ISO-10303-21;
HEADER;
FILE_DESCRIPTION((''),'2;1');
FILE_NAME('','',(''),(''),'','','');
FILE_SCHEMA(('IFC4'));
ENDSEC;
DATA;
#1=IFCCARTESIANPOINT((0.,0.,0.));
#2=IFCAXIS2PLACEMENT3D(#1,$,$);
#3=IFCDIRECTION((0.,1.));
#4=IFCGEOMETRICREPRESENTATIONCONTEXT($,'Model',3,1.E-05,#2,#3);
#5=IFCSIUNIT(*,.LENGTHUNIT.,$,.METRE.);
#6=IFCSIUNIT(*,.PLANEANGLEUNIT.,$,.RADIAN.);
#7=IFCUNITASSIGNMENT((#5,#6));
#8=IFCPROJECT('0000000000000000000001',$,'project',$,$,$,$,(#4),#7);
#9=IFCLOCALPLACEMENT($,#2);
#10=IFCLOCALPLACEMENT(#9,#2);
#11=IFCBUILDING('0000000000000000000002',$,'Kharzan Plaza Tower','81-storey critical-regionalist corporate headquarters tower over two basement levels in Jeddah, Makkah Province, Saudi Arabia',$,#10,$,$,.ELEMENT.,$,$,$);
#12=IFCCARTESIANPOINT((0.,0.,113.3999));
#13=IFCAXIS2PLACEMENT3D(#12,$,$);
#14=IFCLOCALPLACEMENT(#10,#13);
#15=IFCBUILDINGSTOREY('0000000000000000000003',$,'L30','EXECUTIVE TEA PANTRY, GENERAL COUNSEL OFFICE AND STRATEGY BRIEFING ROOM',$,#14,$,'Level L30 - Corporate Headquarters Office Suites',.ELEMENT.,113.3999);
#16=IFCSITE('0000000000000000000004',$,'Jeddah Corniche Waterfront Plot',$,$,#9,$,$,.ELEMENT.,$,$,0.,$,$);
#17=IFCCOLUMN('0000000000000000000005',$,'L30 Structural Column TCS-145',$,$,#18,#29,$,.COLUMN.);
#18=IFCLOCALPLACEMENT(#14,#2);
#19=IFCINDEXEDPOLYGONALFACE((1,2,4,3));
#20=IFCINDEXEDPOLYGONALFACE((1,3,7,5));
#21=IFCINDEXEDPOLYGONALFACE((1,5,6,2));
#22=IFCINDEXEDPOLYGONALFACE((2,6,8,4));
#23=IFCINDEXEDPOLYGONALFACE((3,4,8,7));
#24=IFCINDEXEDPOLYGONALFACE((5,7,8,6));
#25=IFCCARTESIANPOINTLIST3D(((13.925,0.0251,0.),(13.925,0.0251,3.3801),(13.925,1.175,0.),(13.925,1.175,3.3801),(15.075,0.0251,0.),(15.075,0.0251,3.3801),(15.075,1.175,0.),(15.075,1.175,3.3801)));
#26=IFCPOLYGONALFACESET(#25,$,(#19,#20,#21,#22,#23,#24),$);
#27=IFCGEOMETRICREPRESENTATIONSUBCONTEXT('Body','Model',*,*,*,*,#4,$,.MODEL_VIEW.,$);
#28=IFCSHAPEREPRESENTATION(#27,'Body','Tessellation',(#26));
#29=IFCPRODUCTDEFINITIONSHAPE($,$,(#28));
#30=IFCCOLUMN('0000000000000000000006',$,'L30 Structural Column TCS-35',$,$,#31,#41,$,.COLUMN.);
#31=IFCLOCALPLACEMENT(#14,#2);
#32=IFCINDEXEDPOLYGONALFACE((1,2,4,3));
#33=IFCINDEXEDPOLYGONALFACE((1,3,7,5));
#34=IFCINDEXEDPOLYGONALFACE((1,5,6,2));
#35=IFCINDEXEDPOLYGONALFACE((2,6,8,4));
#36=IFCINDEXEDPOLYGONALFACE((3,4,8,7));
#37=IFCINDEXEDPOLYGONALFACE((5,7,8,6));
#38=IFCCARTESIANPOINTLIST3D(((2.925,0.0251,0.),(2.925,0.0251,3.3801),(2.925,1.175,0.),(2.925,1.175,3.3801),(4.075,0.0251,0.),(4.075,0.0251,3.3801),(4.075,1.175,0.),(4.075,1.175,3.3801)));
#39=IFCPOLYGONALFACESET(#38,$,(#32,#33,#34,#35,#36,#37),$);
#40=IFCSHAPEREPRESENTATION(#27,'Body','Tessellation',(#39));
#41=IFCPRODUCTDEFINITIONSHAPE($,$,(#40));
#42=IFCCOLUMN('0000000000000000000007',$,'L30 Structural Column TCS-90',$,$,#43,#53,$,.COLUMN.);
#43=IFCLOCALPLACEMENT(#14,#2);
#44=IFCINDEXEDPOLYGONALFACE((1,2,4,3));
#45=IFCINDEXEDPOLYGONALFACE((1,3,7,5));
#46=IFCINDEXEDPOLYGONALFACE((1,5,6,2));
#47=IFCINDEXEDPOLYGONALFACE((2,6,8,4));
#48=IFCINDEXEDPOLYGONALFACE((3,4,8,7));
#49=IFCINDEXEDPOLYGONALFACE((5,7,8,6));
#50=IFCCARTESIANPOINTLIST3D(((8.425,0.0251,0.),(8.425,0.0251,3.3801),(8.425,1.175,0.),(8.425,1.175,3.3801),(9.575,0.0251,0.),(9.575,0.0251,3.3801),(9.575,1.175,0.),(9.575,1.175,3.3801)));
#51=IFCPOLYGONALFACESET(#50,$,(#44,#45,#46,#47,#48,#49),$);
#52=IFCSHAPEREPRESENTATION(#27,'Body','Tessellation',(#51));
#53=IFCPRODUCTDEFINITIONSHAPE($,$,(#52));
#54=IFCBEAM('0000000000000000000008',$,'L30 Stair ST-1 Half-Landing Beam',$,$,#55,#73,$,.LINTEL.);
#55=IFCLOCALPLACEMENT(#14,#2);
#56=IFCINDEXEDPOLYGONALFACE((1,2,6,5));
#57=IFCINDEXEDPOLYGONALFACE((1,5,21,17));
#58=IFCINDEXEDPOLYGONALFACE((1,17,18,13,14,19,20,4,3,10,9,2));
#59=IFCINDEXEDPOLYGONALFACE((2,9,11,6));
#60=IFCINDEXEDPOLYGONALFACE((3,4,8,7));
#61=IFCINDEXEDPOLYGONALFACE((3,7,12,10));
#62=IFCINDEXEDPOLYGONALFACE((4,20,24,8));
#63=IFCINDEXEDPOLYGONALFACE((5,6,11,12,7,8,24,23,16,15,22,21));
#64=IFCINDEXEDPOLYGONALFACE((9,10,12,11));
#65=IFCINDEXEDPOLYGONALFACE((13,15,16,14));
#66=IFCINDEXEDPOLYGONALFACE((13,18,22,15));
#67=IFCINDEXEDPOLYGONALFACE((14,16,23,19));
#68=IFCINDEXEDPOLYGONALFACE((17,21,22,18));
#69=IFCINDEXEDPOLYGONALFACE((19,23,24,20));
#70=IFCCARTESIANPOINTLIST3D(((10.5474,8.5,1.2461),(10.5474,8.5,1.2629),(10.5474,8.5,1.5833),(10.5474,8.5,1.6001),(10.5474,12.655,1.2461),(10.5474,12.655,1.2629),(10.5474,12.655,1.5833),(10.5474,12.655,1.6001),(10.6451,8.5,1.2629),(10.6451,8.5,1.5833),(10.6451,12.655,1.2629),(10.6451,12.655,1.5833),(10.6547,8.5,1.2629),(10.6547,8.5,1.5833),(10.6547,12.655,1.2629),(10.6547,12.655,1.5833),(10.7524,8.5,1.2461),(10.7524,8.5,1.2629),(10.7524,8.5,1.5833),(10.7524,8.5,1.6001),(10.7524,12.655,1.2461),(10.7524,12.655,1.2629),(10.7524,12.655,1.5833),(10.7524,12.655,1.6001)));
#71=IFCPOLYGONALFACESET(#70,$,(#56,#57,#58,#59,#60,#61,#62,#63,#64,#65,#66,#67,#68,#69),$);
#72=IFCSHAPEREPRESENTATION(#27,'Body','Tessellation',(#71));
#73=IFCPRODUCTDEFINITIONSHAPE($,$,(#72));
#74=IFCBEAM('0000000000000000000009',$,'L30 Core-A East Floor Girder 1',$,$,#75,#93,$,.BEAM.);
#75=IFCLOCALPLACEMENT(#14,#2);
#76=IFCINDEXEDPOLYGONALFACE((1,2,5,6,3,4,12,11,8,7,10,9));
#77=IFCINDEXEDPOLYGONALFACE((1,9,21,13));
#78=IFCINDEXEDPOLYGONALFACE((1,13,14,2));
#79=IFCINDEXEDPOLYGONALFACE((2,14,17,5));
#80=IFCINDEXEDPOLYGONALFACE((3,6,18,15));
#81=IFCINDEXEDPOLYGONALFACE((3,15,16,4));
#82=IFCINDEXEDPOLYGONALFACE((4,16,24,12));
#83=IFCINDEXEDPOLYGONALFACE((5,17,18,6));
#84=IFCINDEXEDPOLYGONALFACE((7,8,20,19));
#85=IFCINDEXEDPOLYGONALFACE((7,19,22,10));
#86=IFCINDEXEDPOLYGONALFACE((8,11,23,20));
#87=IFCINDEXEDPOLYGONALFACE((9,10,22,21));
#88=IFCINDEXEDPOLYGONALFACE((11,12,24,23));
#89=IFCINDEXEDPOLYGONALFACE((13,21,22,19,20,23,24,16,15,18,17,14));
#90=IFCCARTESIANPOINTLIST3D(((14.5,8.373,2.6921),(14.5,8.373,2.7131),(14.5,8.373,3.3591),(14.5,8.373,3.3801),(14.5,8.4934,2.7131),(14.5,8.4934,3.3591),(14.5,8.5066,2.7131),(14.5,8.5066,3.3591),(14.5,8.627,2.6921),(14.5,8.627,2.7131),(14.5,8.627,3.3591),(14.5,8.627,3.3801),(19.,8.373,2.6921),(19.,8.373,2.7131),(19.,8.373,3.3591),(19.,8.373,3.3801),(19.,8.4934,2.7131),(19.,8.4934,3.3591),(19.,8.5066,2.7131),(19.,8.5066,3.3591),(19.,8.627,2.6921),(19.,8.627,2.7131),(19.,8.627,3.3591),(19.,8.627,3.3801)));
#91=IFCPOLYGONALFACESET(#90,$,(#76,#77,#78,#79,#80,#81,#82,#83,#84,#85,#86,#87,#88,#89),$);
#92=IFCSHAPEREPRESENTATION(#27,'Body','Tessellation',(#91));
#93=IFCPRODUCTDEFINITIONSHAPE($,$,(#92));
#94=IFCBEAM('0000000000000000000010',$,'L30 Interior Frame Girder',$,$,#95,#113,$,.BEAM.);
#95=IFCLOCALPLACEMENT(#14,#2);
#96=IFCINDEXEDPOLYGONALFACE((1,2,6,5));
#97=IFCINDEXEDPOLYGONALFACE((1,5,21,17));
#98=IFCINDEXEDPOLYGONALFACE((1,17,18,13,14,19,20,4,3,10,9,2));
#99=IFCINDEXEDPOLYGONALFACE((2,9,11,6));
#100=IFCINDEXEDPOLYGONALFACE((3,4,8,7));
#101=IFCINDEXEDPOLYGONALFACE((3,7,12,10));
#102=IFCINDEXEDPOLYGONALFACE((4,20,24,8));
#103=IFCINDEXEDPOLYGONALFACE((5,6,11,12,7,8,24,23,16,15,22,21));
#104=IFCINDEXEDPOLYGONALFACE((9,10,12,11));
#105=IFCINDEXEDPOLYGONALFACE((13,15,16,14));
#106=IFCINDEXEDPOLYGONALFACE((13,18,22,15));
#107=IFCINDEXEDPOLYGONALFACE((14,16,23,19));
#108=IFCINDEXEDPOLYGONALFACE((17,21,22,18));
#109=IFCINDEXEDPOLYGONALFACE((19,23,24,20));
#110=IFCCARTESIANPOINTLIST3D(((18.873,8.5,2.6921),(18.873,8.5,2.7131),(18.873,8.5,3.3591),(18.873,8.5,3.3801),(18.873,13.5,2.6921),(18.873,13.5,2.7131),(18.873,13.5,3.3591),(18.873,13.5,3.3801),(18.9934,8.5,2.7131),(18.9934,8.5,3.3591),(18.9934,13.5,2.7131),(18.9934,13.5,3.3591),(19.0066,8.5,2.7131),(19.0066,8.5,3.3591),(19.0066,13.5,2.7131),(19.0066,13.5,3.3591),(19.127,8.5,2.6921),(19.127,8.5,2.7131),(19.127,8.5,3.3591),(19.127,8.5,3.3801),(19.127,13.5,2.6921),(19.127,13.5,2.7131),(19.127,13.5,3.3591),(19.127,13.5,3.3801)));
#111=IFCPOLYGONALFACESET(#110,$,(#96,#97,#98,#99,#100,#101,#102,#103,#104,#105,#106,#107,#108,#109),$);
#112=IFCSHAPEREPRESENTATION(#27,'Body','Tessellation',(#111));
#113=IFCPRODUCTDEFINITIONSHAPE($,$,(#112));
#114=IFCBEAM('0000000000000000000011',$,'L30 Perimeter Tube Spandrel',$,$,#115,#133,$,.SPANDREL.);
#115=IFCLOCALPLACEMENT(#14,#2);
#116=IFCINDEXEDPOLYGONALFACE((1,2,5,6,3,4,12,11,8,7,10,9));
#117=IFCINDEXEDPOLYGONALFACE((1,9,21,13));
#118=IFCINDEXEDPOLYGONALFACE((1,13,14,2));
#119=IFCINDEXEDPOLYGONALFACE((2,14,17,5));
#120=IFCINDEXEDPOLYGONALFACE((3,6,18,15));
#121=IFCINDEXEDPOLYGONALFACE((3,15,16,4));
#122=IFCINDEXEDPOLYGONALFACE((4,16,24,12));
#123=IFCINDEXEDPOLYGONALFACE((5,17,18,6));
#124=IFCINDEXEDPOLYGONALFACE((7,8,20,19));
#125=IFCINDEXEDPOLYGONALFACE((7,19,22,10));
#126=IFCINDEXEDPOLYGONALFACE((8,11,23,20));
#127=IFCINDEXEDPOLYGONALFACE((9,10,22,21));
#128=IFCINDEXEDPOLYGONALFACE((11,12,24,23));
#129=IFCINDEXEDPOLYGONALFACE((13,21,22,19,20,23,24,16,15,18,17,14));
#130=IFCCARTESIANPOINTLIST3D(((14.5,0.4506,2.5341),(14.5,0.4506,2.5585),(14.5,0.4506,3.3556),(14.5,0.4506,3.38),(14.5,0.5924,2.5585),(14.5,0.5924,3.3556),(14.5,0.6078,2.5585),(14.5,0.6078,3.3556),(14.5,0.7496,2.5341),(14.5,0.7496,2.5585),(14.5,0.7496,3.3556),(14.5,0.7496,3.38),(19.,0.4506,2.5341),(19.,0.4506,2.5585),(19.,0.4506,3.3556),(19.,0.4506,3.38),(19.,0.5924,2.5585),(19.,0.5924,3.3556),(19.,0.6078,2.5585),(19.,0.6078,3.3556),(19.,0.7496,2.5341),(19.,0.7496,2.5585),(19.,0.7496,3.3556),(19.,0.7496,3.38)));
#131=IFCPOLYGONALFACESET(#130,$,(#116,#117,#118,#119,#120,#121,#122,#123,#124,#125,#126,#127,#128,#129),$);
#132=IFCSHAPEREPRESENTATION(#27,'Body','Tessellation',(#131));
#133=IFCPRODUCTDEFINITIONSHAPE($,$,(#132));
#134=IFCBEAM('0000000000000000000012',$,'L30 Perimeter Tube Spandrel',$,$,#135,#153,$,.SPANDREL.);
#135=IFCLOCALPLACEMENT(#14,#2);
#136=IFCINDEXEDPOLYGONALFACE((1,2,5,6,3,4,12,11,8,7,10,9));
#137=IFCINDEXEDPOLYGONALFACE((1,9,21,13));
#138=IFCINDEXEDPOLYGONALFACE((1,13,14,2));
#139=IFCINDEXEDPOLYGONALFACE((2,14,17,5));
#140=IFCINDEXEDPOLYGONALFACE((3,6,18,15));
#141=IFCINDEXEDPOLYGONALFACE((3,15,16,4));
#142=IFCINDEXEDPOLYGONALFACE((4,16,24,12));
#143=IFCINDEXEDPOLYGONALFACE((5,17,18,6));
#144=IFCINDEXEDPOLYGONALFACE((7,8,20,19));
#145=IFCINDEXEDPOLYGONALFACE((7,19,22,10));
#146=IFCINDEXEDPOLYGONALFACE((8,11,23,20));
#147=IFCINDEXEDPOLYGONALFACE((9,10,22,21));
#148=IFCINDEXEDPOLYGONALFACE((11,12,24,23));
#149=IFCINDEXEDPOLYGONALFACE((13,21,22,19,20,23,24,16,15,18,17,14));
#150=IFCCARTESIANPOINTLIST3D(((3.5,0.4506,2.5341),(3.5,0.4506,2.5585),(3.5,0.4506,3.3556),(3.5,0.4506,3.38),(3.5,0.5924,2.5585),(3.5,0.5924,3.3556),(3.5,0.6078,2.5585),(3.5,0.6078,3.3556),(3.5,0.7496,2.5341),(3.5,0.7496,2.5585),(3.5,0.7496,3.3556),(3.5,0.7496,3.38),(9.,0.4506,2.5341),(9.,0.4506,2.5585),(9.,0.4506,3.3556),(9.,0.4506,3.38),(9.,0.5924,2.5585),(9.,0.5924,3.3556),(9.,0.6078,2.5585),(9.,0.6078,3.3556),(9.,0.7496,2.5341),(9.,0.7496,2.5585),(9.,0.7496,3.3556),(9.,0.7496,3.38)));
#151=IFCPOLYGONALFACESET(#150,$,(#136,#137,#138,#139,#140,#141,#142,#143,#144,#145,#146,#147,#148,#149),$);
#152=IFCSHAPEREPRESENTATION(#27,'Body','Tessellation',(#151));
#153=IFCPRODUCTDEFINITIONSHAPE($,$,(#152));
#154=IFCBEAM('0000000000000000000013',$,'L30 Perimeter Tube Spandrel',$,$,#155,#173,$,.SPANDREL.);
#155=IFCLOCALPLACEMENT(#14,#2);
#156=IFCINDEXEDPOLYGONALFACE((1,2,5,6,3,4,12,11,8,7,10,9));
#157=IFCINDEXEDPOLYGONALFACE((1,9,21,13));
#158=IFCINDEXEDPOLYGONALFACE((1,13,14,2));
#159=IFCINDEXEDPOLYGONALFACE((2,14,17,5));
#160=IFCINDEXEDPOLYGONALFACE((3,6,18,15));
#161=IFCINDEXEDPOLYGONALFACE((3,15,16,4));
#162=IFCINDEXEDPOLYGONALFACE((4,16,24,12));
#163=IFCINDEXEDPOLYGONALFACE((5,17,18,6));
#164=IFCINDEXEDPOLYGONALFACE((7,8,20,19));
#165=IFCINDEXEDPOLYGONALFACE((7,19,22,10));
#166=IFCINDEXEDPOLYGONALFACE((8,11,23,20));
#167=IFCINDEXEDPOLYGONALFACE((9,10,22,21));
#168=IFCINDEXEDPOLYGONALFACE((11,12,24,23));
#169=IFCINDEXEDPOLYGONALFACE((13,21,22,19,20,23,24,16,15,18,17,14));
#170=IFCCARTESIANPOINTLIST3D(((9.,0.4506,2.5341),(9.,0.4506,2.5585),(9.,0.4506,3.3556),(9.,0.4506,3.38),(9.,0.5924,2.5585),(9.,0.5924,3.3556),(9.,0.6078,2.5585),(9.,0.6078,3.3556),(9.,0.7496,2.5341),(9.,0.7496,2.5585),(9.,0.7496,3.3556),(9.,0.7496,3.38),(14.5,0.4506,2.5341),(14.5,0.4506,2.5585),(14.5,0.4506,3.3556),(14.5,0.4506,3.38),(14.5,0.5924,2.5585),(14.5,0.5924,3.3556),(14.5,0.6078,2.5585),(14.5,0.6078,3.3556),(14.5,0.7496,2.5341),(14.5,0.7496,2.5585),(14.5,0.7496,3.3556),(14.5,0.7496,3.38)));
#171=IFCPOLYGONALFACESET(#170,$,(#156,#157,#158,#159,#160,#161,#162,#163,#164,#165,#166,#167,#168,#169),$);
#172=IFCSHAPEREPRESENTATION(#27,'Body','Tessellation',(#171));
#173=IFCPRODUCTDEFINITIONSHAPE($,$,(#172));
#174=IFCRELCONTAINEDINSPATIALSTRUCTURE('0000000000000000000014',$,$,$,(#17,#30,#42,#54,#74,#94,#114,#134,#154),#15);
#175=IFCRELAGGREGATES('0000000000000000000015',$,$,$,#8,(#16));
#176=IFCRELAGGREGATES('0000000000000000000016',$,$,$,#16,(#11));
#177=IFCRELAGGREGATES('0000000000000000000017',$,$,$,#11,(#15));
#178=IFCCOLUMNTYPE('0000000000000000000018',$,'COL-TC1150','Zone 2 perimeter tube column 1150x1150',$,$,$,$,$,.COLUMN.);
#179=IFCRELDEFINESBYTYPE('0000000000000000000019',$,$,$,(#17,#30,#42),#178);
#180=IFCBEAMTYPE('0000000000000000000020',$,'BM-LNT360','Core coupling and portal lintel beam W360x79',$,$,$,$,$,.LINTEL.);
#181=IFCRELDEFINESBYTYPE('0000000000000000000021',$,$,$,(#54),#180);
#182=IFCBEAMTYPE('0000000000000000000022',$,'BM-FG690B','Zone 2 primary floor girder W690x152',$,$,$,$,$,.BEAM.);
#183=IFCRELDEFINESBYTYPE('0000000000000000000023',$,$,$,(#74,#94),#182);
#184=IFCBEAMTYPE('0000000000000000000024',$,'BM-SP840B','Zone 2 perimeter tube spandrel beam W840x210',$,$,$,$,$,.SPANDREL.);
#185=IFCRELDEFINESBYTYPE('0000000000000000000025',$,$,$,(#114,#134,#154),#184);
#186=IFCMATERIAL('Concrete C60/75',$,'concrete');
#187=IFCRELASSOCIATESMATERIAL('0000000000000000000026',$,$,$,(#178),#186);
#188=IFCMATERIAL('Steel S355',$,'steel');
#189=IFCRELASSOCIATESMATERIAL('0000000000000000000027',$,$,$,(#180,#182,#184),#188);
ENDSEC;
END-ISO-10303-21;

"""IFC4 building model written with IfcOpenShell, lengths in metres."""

from ifc_helpers import new_model, si_unit, direction, frame, origin, origin_2d, place, context, subcontext, project, spatial, rectangle, i_section, extrude, source, transform, mapped, material, material_profile, profile_set, type_object, element, save


model = new_model("IFC4")

# Units and contexts
model_context = context("Model", 3, precision=1e-05, world=origin(), true_north=direction((0.0, 1.0)))
body_context = subcontext(model_context, "Body", "Model", "MODEL_VIEW")
ifc_project = project(units=[si_unit("LENGTHUNIT", "METRE"), si_unit("PLANEANGLEUNIT", "RADIAN")], contexts=[model_context])

# Site, building, storey
site_placement = place(None, origin())
site = spatial("IfcSite", under=ifc_project, at=site_placement, Name="Jeddah Corniche Waterfront Plot", CompositionType="ELEMENT", RefElevation=0.0)
building_placement = place(site_placement, origin())
building = spatial("IfcBuilding", under=site, at=building_placement, Name="Kharzan Plaza Tower", Description="81-storey critical-regionalist corporate headquarters tower over two basement levels in Jeddah, Makkah Province, Saudi Arabia", CompositionType="ELEMENT")
storey_placement = place(building_placement, frame((0.0, 0.0, 113.3999)))
storey = spatial("IfcBuildingStorey", under=building, at=storey_placement, Name="L30", Description="EXECUTIVE TEA PANTRY, GENERAL COUNSEL OFFICE AND STRATEGY BRIEFING ROOM", LongName="Level L30 - Corporate Headquarters Office Suites", CompositionType="ELEMENT", Elevation=113.3999)

# Columns
ifc_material_1 = material(Name="Concrete C60/75", Category="concrete")
ifc_material_profile_1 = material_profile(ifc_material_1, rectangle(XDim=1.1499, YDim=1.1499, at=origin_2d()), Name="RC-TC1150x1150")
ifc_profile_set_1 = profile_set([ifc_material_profile_1], Name="Concrete C60/75")
column_type = type_object("IfcColumnType", Name="COL-TC1150", Description="Zone 2 perimeter tube column 1150x1150", PredefinedType="COLUMN", material=ifc_profile_set_1)
shared_shape_1 = source(origin(), body_context, "Body", "SweptSolid", [
    extrude(rectangle(XDim=1.1499, YDim=1.1499, at=origin_2d()), origin(), (0.0, 0.0, 1.0), 3.3801),
])
for number, where, z_axis, x_axis, name in (
    (1, (14.5, 0.6001, 0.0), (0.0, 0.0, 1.0), (1.0, 0.0, 0.0), "L30 Structural Column TCS-145"),
    (2, (3.5, 0.6001, 0.0), (0.0, 0.0, 1.0), (1.0, 0.0, 0.0), "L30 Structural Column TCS-35"),
    (3, (9.0, 0.6001, 0.0), (0.0, 0.0, 1.0), (1.0, 0.0, 0.0), "L30 Structural Column TCS-90"),
):
    element("IfcColumn", number, at=place(storey_placement, frame(where, z_axis=z_axis, x_axis=x_axis)), inside=storey, type_object=column_type, Name=name, PredefinedType="COLUMN", context=body_context, shape_type="MappedRepresentation", body=[
        mapped(shared_shape_1, transform((0.0, 0.0, 0.0), x_axis=(1.0, 0.0, 0.0), y_axis=(0.0, 1.0, 0.0), z_axis=(0.0, 0.0, 1.0))),
    ])

# Beams
ifc_material_2 = material(Name="Steel S355", Category="steel")
ifc_material_profile_2 = material_profile(ifc_material_2, i_section(OverallWidth=0.2051, OverallDepth=0.354, WebThickness=0.0095, FlangeThickness=0.0168, at=origin_2d()), Name="W360x79")
ifc_profile_set_2 = profile_set([ifc_material_profile_2], Name="Steel S355")
beam_type_1 = type_object("IfcBeamType", Name="BM-LNT360", Description="Core coupling and portal lintel beam W360x79", PredefinedType="LINTEL", material=ifc_profile_set_2)
shared_shape_2 = source(origin(), body_context, "Body", "SweptSolid", [
    extrude(i_section(OverallWidth=0.2051, OverallDepth=0.354, WebThickness=0.0095, FlangeThickness=0.0168, at=origin_2d()), origin(), (0.0, 0.0, 1.0), 4.155),
])
beam_1_placement = place(storey_placement, frame((10.6499, 8.5, 1.4231), z_axis=(0.0, 1.0, 0.0), x_axis=(-1.0, 0.0, 0.0)))
element("IfcBeam", 4, at=beam_1_placement, inside=storey, type_object=beam_type_1, Name="L30 Stair ST-1 Half-Landing Beam", PredefinedType="LINTEL", context=body_context, shape_type="MappedRepresentation", body=[
    mapped(shared_shape_2, transform((0.0, 0.0, 0.0), x_axis=(1.0, 0.0, 0.0), y_axis=(0.0, 1.0, 0.0), z_axis=(0.0, 0.0, 1.0))),
])
ifc_material_profile_3 = material_profile(ifc_material_2, i_section(OverallWidth=0.2539, OverallDepth=0.688, WebThickness=0.0132, FlangeThickness=0.021, at=origin_2d()), Name="W690x152")
ifc_profile_set_3 = profile_set([ifc_material_profile_3], Name="Steel S355")
beam_type_2 = type_object("IfcBeamType", Name="BM-FG690B", Description="Zone 2 primary floor girder W690x152", PredefinedType="BEAM", material=ifc_profile_set_3)
shared_shape_3 = source(origin(), body_context, "Body", "SweptSolid", [
    extrude(i_section(OverallWidth=0.2539, OverallDepth=0.688, WebThickness=0.0132, FlangeThickness=0.021, at=origin_2d()), origin(), (0.0, 0.0, 1.0), 4.5),
])
beam_2_placement = place(storey_placement, frame((14.5, 8.5, 3.0361), z_axis=(1.0, 0.0, 0.0), x_axis=(0.0, 1.0, 0.0)))
element("IfcBeam", 5, at=beam_2_placement, inside=storey, type_object=beam_type_2, Name="L30 Core-A East Floor Girder 1", PredefinedType="BEAM", context=body_context, shape_type="MappedRepresentation", body=[
    mapped(shared_shape_3, transform((0.0, 0.0, 0.0), x_axis=(1.0, 0.0, 0.0), y_axis=(0.0, 1.0, 0.0), z_axis=(0.0, 0.0, 1.0))),
])
shared_shape_4 = source(origin(), body_context, "Body", "SweptSolid", [
    extrude(i_section(OverallWidth=0.2539, OverallDepth=0.688, WebThickness=0.0132, FlangeThickness=0.021, at=origin_2d()), origin(), (0.0, 0.0, 1.0), 5.0),
])
beam_3_placement = place(storey_placement, frame((19.0, 8.5, 3.0361), z_axis=(0.0, 1.0, 0.0), x_axis=(-1.0, 0.0, 0.0)))
element("IfcBeam", 6, at=beam_3_placement, inside=storey, type_object=beam_type_2, Name="L30 Interior Frame Girder", PredefinedType="BEAM", context=body_context, shape_type="MappedRepresentation", body=[
    mapped(shared_shape_4, transform((0.0, 0.0, 0.0), x_axis=(1.0, 0.0, 0.0), y_axis=(0.0, 1.0, 0.0), z_axis=(0.0, 0.0, 1.0))),
])
ifc_material_profile_4 = material_profile(ifc_material_2, i_section(OverallWidth=0.2991, OverallDepth=0.8459, WebThickness=0.0154, FlangeThickness=0.0244, at=origin_2d()), Name="W840x210")
ifc_profile_set_4 = profile_set([ifc_material_profile_4], Name="Steel S355")
beam_type_3 = type_object("IfcBeamType", Name="BM-SP840B", Description="Zone 2 perimeter tube spandrel beam W840x210", PredefinedType="SPANDREL", material=ifc_profile_set_4)
shared_shape_5 = source(origin(), body_context, "Body", "SweptSolid", [
    extrude(i_section(OverallWidth=0.2991, OverallDepth=0.8459, WebThickness=0.0154, FlangeThickness=0.0244, at=origin_2d()), origin(), (0.0, 0.0, 1.0), 4.5),
])
beam_4_placement = place(storey_placement, frame((14.5, 0.6001, 2.957), z_axis=(1.0, 0.0, 0.0), x_axis=(0.0, 1.0, 0.0)))
element("IfcBeam", 7, at=beam_4_placement, inside=storey, type_object=beam_type_3, Name="L30 Perimeter Tube Spandrel", PredefinedType="SPANDREL", context=body_context, shape_type="MappedRepresentation", body=[
    mapped(shared_shape_5, transform((0.0, 0.0, 0.0), x_axis=(1.0, 0.0, 0.0), y_axis=(0.0, 1.0, 0.0), z_axis=(0.0, 0.0, 1.0))),
])
shared_shape_6 = source(origin(), body_context, "Body", "SweptSolid", [
    extrude(i_section(OverallWidth=0.2991, OverallDepth=0.8459, WebThickness=0.0154, FlangeThickness=0.0244, at=origin_2d()), origin(), (0.0, 0.0, 1.0), 5.5),
])
for number, where, z_axis, x_axis, name in (
    (8, (3.5, 0.6001, 2.957), (1.0, 0.0, 0.0), (0.0, 1.0, 0.0), "L30 Perimeter Tube Spandrel"),
    (9, (9.0, 0.6001, 2.957), (1.0, 0.0, 0.0), (0.0, 1.0, 0.0), "L30 Perimeter Tube Spandrel"),
):
    element("IfcBeam", number, at=place(storey_placement, frame(where, z_axis=z_axis, x_axis=x_axis)), inside=storey, type_object=beam_type_3, Name=name, PredefinedType="SPANDREL", context=body_context, shape_type="MappedRepresentation", body=[
        mapped(shared_shape_6, transform((0.0, 0.0, 0.0), x_axis=(1.0, 0.0, 0.0), y_axis=(0.0, 1.0, 0.0), z_axis=(0.0, 0.0, 1.0))),
    ])

save(model, "model.ifc")
